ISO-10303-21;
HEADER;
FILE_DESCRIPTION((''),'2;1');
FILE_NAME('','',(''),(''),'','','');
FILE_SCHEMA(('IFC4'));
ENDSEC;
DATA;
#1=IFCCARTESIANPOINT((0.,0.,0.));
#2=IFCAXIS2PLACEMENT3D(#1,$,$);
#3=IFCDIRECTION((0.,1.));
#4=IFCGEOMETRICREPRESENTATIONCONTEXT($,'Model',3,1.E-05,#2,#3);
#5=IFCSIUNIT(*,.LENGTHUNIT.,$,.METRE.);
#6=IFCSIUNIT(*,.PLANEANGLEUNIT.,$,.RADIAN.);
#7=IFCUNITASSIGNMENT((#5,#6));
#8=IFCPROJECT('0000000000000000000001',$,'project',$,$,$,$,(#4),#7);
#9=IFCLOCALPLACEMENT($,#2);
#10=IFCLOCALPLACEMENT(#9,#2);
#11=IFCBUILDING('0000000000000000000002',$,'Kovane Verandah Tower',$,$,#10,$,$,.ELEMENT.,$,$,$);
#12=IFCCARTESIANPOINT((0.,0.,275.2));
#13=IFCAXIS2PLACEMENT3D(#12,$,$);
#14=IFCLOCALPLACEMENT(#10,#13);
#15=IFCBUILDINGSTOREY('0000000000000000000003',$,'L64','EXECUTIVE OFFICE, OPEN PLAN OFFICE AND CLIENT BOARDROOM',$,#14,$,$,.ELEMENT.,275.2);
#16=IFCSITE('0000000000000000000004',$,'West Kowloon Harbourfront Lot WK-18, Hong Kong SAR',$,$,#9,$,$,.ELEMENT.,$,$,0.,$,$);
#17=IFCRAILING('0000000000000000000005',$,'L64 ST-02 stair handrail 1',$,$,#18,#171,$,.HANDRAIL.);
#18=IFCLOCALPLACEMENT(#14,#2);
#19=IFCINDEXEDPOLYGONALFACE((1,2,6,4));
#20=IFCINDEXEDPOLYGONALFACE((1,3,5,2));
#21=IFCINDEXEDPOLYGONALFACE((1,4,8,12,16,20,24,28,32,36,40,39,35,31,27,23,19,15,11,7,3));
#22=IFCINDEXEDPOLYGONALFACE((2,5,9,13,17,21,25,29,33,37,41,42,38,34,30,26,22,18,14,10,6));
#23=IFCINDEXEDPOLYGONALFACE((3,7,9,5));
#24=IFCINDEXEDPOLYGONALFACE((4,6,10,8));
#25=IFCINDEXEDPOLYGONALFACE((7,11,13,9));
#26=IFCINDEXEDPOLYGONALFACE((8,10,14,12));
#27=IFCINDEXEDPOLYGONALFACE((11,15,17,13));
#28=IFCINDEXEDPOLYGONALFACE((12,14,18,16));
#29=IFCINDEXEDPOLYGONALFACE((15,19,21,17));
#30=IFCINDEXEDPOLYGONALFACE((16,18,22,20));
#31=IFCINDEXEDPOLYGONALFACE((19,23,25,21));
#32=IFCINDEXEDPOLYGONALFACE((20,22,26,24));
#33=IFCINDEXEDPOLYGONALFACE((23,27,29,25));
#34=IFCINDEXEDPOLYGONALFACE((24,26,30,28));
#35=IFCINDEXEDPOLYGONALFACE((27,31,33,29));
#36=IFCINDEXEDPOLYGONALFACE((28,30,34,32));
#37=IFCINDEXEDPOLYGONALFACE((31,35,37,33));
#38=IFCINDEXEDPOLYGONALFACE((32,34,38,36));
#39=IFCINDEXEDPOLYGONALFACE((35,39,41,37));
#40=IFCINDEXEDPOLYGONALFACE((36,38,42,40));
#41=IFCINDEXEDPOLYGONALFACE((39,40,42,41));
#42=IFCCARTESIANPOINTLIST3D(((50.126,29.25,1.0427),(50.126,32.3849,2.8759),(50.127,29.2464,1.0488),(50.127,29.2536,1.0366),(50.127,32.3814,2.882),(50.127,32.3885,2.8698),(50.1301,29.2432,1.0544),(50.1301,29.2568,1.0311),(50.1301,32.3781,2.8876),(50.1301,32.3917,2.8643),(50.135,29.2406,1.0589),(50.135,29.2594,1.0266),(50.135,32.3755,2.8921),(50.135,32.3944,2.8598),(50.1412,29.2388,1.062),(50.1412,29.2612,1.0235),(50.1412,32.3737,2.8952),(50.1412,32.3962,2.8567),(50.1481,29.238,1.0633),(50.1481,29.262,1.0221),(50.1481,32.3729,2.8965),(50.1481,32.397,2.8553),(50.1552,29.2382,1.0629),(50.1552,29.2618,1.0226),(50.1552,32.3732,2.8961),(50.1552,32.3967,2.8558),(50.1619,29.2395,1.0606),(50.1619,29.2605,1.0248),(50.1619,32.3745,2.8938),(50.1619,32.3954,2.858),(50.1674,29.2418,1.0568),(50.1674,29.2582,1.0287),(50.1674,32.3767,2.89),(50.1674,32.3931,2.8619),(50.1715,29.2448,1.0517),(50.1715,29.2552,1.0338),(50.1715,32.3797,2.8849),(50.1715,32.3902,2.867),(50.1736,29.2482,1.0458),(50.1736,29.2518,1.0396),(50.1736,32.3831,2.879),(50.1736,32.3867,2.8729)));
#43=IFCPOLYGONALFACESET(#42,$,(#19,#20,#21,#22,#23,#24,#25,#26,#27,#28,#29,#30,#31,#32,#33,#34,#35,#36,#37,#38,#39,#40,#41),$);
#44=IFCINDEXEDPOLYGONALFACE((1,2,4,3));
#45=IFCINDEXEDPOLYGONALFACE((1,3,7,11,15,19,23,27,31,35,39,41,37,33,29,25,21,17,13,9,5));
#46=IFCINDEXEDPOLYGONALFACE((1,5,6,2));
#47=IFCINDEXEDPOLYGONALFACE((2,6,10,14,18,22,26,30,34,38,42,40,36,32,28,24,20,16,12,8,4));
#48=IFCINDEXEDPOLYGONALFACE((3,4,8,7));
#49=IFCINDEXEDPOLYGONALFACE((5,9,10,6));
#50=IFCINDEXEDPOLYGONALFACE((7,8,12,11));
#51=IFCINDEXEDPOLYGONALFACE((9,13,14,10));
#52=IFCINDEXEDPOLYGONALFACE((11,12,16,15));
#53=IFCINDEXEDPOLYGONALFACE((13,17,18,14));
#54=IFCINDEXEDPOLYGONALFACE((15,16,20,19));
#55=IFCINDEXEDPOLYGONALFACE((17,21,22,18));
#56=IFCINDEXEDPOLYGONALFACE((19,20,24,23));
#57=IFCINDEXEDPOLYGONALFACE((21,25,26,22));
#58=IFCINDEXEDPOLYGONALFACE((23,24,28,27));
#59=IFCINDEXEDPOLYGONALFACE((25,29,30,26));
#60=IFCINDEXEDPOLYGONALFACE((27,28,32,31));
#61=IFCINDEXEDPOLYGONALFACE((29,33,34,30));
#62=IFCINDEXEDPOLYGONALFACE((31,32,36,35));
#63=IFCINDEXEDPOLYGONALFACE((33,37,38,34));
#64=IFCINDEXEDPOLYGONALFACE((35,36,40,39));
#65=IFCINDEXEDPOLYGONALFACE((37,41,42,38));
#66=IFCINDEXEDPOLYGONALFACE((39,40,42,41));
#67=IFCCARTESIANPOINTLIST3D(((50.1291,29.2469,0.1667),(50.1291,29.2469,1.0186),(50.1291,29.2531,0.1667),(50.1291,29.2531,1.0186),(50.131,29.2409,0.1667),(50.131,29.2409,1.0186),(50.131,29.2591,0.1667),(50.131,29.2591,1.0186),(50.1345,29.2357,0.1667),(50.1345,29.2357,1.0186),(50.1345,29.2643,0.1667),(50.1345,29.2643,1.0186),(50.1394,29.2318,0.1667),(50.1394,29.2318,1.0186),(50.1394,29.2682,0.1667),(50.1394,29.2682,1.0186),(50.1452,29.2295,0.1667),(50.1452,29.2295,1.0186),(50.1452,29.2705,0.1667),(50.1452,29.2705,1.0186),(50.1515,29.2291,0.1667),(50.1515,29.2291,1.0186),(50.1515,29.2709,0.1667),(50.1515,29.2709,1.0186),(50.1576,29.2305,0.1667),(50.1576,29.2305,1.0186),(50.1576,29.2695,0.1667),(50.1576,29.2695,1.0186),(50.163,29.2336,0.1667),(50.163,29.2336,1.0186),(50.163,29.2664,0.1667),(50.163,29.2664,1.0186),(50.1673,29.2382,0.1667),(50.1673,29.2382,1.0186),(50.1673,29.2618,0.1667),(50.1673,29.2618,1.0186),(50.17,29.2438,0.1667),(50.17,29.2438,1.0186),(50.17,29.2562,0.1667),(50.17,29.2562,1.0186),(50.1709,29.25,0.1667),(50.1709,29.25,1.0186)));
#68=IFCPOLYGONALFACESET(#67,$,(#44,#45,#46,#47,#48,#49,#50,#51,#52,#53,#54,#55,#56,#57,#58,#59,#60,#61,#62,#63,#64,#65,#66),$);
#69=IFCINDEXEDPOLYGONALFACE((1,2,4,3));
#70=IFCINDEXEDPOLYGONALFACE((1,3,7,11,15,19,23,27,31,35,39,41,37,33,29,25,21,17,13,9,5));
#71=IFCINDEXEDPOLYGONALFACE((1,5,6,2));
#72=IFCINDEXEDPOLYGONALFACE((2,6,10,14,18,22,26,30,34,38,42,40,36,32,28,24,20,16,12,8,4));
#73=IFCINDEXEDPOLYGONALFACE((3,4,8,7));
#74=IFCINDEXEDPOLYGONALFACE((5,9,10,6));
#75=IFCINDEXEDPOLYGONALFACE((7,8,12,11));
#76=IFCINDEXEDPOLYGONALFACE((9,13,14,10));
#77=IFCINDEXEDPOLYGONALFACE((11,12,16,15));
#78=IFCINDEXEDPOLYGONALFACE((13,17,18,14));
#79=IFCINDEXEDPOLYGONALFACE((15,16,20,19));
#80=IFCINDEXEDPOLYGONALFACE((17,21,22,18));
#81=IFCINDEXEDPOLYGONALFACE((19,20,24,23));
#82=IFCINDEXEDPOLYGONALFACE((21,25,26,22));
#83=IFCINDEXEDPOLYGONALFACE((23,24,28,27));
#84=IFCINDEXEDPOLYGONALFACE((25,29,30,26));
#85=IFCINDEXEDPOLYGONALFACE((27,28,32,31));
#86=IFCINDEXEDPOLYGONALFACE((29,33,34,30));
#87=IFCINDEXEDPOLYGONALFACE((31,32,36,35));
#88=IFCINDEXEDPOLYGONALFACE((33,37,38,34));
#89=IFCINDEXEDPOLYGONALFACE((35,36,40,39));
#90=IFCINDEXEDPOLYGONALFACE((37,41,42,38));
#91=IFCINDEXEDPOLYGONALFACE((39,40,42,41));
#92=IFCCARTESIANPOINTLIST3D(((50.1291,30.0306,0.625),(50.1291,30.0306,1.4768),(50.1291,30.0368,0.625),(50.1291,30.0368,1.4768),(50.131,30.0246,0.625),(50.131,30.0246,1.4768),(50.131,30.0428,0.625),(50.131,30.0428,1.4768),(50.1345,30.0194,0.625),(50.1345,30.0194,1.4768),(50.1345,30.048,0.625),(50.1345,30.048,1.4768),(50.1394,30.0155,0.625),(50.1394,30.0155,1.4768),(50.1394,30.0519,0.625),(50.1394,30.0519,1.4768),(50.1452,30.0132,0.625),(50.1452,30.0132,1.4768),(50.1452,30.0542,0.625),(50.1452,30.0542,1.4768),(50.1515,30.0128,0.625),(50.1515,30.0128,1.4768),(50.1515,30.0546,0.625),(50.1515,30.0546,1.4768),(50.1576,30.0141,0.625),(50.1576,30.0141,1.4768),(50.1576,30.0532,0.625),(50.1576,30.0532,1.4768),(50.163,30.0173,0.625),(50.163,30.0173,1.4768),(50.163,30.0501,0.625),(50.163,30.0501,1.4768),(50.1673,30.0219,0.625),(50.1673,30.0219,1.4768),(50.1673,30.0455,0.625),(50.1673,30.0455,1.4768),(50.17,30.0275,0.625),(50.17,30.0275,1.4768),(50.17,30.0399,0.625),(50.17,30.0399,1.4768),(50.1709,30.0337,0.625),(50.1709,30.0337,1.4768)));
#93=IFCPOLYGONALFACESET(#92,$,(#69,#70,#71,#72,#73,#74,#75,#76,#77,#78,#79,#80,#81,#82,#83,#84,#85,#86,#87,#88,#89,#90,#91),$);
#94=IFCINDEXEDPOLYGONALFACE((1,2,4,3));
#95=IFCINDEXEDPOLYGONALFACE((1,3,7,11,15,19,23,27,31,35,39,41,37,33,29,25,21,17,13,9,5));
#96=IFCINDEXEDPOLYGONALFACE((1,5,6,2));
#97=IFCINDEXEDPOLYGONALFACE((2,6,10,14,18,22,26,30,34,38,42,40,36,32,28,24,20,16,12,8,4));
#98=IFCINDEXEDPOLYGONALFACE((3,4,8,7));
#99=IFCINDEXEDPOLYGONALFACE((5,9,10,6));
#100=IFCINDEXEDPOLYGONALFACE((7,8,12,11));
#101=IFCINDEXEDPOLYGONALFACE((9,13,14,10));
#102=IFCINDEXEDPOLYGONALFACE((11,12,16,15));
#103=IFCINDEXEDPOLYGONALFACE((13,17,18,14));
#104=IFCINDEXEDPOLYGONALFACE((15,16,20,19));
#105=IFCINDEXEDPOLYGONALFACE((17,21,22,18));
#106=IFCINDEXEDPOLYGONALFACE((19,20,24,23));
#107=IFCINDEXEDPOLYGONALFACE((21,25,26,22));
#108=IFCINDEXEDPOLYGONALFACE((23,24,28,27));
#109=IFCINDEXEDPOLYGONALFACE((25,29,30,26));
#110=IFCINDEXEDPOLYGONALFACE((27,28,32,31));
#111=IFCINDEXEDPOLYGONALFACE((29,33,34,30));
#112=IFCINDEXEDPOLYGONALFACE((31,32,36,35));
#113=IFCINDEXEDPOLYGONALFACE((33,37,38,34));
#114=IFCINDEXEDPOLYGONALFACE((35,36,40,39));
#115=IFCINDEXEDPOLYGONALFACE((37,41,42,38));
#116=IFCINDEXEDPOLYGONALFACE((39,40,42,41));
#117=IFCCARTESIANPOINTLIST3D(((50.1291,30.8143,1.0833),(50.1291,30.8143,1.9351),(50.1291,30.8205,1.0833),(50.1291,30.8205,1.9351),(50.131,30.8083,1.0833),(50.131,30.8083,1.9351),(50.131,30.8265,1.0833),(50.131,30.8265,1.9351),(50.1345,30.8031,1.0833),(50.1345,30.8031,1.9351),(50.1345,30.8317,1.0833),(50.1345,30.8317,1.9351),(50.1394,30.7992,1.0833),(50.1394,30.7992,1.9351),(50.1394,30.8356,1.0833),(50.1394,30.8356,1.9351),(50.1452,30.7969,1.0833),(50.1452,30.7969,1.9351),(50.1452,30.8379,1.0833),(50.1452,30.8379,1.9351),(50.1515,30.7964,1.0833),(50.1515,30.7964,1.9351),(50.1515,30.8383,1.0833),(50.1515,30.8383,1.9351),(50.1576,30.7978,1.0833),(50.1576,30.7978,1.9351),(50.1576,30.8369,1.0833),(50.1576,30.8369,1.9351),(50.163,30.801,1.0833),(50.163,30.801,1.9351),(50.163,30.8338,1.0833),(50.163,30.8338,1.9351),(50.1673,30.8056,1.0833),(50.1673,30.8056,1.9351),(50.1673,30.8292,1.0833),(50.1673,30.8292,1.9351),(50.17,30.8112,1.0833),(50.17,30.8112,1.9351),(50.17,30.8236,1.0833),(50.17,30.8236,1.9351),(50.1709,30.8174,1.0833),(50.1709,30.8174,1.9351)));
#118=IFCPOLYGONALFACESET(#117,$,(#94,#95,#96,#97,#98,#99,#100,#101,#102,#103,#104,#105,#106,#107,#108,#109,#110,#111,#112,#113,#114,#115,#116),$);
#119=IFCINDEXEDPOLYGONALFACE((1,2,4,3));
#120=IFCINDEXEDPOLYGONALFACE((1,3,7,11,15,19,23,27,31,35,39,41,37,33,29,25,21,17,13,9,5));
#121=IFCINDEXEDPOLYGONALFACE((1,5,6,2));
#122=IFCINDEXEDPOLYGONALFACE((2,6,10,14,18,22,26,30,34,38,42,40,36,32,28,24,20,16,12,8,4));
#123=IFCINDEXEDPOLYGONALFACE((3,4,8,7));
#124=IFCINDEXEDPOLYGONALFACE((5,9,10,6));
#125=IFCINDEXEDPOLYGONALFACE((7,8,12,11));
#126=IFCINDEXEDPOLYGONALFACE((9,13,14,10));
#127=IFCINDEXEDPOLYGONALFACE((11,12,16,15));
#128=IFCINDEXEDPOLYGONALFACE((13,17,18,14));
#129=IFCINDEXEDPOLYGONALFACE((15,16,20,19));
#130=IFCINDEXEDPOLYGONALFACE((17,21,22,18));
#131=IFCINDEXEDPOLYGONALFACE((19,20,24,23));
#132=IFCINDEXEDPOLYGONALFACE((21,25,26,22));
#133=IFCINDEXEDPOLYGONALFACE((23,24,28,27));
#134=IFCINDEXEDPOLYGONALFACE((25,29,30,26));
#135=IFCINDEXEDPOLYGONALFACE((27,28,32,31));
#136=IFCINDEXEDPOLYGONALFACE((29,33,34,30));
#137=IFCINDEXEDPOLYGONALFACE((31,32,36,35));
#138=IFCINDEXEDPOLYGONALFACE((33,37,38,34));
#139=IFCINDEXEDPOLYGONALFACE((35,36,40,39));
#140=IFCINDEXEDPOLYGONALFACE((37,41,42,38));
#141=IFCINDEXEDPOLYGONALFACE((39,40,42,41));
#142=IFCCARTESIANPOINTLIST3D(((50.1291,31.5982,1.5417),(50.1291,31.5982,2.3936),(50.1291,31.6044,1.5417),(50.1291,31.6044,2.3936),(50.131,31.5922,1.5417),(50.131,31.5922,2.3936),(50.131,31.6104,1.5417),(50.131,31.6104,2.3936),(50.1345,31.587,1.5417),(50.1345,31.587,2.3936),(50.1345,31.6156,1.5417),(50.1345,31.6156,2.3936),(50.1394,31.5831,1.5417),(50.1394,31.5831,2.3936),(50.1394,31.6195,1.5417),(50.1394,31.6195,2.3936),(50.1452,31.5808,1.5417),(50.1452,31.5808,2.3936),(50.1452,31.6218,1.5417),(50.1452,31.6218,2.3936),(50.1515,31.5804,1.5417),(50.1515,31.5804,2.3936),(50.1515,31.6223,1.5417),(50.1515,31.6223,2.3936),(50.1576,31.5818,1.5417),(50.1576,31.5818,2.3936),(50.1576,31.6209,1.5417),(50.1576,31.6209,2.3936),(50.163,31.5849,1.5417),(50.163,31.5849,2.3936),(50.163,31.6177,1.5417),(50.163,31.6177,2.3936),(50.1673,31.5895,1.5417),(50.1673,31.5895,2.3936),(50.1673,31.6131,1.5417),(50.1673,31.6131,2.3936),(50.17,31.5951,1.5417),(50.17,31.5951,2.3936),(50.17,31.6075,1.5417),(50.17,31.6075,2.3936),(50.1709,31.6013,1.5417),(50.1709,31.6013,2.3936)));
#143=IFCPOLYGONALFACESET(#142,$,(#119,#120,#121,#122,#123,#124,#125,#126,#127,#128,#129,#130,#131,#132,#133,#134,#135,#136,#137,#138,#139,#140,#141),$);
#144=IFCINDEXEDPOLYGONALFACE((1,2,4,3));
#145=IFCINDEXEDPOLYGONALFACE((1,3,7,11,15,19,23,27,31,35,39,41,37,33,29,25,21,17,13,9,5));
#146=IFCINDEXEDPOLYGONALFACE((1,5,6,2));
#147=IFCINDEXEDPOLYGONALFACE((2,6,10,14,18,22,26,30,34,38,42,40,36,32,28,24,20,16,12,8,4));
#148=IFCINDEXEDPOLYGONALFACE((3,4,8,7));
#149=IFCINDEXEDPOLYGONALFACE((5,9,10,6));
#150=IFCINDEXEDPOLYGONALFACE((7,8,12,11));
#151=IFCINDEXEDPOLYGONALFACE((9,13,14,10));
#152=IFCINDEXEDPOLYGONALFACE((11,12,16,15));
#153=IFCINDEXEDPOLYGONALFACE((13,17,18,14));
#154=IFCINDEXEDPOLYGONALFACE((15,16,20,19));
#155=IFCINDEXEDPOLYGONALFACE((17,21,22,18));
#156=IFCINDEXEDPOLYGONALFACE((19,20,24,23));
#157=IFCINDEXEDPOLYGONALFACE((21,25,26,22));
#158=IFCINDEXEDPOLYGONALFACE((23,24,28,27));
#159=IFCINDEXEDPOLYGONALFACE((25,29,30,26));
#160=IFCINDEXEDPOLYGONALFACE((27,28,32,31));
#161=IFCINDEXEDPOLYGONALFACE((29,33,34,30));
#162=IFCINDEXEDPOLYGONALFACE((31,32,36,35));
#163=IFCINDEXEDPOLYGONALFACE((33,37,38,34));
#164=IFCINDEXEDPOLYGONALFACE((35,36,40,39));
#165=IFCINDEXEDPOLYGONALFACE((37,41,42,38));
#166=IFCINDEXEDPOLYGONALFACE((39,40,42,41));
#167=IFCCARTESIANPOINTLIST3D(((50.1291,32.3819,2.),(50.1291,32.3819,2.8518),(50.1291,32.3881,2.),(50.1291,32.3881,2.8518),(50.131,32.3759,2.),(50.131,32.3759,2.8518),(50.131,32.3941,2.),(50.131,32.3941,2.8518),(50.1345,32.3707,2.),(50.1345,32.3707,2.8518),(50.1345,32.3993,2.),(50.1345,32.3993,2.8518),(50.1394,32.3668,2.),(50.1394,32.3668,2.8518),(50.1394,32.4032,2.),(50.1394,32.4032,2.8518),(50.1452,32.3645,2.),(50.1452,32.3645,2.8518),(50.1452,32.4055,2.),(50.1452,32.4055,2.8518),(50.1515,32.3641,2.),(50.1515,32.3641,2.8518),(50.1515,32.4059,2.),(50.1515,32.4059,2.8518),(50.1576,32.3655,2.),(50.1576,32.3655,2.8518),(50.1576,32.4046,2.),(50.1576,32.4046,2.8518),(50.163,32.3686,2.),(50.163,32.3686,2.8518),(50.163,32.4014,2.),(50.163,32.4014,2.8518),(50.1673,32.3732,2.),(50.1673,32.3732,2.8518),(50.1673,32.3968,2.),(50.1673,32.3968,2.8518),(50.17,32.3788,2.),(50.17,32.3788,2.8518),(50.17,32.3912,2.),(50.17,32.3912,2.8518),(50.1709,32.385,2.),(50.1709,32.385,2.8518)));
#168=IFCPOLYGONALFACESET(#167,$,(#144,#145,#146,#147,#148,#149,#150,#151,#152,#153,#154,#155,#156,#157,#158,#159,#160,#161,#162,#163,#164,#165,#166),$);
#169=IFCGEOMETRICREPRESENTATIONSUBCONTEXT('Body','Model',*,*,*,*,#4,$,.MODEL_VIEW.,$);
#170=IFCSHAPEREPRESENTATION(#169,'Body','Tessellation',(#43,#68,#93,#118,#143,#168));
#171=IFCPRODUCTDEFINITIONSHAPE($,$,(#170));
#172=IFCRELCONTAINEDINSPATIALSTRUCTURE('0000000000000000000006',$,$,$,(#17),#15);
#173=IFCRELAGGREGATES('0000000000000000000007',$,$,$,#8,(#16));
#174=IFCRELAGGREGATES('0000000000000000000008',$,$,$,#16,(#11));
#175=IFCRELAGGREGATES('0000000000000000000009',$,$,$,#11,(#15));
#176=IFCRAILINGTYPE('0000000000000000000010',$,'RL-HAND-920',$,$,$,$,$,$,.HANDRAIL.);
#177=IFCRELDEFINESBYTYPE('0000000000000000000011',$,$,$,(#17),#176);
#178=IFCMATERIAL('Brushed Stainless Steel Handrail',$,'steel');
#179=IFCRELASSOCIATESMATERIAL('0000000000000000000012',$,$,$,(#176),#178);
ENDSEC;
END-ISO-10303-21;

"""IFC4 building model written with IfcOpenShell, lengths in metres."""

from ifc_helpers import new_model, si_unit, direction, frame, origin, origin_2d, place, context, subcontext, project, spatial, circle, extrude, material, type_object, element, save


model = new_model("IFC4")

# Units and contexts
model_context = context("Model", 3, precision=1e-05, world=origin(), true_north=direction((0.0, 1.0)))
body_context = subcontext(model_context, "Body", "Model", "MODEL_VIEW")
ifc_project = project(units=[si_unit("LENGTHUNIT", "METRE"), si_unit("PLANEANGLEUNIT", "RADIAN")], contexts=[model_context])

# Site, building, storey
site_placement = place(None, origin())
site = spatial("IfcSite", under=ifc_project, at=site_placement, Name="West Kowloon Harbourfront Lot WK-18, Hong Kong SAR", CompositionType="ELEMENT", RefElevation=0.0)
building_placement = place(site_placement, origin())
building = spatial("IfcBuilding", under=site, at=building_placement, Name="Kovane Verandah Tower", CompositionType="ELEMENT")
storey_placement = place(building_placement, frame((0.0, 0.0, 275.2)))
storey = spatial("IfcBuildingStorey", under=building, at=storey_placement, Name="L64", Description="EXECUTIVE OFFICE, OPEN PLAN OFFICE AND CLIENT BOARDROOM", CompositionType="ELEMENT", Elevation=275.2)

# Railing
ifc_material_1 = material(Name="Brushed Stainless Steel Handrail", Category="steel")
railing_type_1 = type_object("IfcRailingType", Name="RL-HAND-920", PredefinedType="HANDRAIL", material=ifc_material_1)
railing_1_placement = place(storey_placement, frame((50.1499, 29.25, 0.1667)))
element("IfcRailing", 1, at=railing_1_placement, inside=storey, type_object=railing_type_1, Name="L64 ST-02 stair handrail 1", PredefinedType="HANDRAIL", context=body_context, shape_type="SweptSolid", body=[
    extrude(circle(Radius=0.0239, at=origin_2d()), frame((0.0, 0.0, 0.876), z_axis=(0.0, 0.86324, 0.504794), x_axis=(-1.0, 0.0, 0.0)), (0.0, 0.0, 1.0), 3.6316),
    extrude(circle(Radius=0.021, at=origin_2d()), origin(), (0.0, 0.0, 1.0), 0.8518),
    extrude(circle(Radius=0.021, at=origin_2d()), frame((0.0, 0.7837, 0.4583)), (0.0, 0.0, 1.0), 0.8518),
    extrude(circle(Radius=0.021, at=origin_2d()), frame((0.0, 1.5674, 0.9165)), (0.0, 0.0, 1.0), 0.8518),
    extrude(circle(Radius=0.021, at=origin_2d()), frame((0.0, 2.3513, 1.375)), (0.0, 0.0, 1.0), 0.8518),
    extrude(circle(Radius=0.021, at=origin_2d()), frame((0.0, 3.135, 1.8333)), (0.0, 0.0, 1.0), 0.8518),
])

save(model, "model.ifc")
